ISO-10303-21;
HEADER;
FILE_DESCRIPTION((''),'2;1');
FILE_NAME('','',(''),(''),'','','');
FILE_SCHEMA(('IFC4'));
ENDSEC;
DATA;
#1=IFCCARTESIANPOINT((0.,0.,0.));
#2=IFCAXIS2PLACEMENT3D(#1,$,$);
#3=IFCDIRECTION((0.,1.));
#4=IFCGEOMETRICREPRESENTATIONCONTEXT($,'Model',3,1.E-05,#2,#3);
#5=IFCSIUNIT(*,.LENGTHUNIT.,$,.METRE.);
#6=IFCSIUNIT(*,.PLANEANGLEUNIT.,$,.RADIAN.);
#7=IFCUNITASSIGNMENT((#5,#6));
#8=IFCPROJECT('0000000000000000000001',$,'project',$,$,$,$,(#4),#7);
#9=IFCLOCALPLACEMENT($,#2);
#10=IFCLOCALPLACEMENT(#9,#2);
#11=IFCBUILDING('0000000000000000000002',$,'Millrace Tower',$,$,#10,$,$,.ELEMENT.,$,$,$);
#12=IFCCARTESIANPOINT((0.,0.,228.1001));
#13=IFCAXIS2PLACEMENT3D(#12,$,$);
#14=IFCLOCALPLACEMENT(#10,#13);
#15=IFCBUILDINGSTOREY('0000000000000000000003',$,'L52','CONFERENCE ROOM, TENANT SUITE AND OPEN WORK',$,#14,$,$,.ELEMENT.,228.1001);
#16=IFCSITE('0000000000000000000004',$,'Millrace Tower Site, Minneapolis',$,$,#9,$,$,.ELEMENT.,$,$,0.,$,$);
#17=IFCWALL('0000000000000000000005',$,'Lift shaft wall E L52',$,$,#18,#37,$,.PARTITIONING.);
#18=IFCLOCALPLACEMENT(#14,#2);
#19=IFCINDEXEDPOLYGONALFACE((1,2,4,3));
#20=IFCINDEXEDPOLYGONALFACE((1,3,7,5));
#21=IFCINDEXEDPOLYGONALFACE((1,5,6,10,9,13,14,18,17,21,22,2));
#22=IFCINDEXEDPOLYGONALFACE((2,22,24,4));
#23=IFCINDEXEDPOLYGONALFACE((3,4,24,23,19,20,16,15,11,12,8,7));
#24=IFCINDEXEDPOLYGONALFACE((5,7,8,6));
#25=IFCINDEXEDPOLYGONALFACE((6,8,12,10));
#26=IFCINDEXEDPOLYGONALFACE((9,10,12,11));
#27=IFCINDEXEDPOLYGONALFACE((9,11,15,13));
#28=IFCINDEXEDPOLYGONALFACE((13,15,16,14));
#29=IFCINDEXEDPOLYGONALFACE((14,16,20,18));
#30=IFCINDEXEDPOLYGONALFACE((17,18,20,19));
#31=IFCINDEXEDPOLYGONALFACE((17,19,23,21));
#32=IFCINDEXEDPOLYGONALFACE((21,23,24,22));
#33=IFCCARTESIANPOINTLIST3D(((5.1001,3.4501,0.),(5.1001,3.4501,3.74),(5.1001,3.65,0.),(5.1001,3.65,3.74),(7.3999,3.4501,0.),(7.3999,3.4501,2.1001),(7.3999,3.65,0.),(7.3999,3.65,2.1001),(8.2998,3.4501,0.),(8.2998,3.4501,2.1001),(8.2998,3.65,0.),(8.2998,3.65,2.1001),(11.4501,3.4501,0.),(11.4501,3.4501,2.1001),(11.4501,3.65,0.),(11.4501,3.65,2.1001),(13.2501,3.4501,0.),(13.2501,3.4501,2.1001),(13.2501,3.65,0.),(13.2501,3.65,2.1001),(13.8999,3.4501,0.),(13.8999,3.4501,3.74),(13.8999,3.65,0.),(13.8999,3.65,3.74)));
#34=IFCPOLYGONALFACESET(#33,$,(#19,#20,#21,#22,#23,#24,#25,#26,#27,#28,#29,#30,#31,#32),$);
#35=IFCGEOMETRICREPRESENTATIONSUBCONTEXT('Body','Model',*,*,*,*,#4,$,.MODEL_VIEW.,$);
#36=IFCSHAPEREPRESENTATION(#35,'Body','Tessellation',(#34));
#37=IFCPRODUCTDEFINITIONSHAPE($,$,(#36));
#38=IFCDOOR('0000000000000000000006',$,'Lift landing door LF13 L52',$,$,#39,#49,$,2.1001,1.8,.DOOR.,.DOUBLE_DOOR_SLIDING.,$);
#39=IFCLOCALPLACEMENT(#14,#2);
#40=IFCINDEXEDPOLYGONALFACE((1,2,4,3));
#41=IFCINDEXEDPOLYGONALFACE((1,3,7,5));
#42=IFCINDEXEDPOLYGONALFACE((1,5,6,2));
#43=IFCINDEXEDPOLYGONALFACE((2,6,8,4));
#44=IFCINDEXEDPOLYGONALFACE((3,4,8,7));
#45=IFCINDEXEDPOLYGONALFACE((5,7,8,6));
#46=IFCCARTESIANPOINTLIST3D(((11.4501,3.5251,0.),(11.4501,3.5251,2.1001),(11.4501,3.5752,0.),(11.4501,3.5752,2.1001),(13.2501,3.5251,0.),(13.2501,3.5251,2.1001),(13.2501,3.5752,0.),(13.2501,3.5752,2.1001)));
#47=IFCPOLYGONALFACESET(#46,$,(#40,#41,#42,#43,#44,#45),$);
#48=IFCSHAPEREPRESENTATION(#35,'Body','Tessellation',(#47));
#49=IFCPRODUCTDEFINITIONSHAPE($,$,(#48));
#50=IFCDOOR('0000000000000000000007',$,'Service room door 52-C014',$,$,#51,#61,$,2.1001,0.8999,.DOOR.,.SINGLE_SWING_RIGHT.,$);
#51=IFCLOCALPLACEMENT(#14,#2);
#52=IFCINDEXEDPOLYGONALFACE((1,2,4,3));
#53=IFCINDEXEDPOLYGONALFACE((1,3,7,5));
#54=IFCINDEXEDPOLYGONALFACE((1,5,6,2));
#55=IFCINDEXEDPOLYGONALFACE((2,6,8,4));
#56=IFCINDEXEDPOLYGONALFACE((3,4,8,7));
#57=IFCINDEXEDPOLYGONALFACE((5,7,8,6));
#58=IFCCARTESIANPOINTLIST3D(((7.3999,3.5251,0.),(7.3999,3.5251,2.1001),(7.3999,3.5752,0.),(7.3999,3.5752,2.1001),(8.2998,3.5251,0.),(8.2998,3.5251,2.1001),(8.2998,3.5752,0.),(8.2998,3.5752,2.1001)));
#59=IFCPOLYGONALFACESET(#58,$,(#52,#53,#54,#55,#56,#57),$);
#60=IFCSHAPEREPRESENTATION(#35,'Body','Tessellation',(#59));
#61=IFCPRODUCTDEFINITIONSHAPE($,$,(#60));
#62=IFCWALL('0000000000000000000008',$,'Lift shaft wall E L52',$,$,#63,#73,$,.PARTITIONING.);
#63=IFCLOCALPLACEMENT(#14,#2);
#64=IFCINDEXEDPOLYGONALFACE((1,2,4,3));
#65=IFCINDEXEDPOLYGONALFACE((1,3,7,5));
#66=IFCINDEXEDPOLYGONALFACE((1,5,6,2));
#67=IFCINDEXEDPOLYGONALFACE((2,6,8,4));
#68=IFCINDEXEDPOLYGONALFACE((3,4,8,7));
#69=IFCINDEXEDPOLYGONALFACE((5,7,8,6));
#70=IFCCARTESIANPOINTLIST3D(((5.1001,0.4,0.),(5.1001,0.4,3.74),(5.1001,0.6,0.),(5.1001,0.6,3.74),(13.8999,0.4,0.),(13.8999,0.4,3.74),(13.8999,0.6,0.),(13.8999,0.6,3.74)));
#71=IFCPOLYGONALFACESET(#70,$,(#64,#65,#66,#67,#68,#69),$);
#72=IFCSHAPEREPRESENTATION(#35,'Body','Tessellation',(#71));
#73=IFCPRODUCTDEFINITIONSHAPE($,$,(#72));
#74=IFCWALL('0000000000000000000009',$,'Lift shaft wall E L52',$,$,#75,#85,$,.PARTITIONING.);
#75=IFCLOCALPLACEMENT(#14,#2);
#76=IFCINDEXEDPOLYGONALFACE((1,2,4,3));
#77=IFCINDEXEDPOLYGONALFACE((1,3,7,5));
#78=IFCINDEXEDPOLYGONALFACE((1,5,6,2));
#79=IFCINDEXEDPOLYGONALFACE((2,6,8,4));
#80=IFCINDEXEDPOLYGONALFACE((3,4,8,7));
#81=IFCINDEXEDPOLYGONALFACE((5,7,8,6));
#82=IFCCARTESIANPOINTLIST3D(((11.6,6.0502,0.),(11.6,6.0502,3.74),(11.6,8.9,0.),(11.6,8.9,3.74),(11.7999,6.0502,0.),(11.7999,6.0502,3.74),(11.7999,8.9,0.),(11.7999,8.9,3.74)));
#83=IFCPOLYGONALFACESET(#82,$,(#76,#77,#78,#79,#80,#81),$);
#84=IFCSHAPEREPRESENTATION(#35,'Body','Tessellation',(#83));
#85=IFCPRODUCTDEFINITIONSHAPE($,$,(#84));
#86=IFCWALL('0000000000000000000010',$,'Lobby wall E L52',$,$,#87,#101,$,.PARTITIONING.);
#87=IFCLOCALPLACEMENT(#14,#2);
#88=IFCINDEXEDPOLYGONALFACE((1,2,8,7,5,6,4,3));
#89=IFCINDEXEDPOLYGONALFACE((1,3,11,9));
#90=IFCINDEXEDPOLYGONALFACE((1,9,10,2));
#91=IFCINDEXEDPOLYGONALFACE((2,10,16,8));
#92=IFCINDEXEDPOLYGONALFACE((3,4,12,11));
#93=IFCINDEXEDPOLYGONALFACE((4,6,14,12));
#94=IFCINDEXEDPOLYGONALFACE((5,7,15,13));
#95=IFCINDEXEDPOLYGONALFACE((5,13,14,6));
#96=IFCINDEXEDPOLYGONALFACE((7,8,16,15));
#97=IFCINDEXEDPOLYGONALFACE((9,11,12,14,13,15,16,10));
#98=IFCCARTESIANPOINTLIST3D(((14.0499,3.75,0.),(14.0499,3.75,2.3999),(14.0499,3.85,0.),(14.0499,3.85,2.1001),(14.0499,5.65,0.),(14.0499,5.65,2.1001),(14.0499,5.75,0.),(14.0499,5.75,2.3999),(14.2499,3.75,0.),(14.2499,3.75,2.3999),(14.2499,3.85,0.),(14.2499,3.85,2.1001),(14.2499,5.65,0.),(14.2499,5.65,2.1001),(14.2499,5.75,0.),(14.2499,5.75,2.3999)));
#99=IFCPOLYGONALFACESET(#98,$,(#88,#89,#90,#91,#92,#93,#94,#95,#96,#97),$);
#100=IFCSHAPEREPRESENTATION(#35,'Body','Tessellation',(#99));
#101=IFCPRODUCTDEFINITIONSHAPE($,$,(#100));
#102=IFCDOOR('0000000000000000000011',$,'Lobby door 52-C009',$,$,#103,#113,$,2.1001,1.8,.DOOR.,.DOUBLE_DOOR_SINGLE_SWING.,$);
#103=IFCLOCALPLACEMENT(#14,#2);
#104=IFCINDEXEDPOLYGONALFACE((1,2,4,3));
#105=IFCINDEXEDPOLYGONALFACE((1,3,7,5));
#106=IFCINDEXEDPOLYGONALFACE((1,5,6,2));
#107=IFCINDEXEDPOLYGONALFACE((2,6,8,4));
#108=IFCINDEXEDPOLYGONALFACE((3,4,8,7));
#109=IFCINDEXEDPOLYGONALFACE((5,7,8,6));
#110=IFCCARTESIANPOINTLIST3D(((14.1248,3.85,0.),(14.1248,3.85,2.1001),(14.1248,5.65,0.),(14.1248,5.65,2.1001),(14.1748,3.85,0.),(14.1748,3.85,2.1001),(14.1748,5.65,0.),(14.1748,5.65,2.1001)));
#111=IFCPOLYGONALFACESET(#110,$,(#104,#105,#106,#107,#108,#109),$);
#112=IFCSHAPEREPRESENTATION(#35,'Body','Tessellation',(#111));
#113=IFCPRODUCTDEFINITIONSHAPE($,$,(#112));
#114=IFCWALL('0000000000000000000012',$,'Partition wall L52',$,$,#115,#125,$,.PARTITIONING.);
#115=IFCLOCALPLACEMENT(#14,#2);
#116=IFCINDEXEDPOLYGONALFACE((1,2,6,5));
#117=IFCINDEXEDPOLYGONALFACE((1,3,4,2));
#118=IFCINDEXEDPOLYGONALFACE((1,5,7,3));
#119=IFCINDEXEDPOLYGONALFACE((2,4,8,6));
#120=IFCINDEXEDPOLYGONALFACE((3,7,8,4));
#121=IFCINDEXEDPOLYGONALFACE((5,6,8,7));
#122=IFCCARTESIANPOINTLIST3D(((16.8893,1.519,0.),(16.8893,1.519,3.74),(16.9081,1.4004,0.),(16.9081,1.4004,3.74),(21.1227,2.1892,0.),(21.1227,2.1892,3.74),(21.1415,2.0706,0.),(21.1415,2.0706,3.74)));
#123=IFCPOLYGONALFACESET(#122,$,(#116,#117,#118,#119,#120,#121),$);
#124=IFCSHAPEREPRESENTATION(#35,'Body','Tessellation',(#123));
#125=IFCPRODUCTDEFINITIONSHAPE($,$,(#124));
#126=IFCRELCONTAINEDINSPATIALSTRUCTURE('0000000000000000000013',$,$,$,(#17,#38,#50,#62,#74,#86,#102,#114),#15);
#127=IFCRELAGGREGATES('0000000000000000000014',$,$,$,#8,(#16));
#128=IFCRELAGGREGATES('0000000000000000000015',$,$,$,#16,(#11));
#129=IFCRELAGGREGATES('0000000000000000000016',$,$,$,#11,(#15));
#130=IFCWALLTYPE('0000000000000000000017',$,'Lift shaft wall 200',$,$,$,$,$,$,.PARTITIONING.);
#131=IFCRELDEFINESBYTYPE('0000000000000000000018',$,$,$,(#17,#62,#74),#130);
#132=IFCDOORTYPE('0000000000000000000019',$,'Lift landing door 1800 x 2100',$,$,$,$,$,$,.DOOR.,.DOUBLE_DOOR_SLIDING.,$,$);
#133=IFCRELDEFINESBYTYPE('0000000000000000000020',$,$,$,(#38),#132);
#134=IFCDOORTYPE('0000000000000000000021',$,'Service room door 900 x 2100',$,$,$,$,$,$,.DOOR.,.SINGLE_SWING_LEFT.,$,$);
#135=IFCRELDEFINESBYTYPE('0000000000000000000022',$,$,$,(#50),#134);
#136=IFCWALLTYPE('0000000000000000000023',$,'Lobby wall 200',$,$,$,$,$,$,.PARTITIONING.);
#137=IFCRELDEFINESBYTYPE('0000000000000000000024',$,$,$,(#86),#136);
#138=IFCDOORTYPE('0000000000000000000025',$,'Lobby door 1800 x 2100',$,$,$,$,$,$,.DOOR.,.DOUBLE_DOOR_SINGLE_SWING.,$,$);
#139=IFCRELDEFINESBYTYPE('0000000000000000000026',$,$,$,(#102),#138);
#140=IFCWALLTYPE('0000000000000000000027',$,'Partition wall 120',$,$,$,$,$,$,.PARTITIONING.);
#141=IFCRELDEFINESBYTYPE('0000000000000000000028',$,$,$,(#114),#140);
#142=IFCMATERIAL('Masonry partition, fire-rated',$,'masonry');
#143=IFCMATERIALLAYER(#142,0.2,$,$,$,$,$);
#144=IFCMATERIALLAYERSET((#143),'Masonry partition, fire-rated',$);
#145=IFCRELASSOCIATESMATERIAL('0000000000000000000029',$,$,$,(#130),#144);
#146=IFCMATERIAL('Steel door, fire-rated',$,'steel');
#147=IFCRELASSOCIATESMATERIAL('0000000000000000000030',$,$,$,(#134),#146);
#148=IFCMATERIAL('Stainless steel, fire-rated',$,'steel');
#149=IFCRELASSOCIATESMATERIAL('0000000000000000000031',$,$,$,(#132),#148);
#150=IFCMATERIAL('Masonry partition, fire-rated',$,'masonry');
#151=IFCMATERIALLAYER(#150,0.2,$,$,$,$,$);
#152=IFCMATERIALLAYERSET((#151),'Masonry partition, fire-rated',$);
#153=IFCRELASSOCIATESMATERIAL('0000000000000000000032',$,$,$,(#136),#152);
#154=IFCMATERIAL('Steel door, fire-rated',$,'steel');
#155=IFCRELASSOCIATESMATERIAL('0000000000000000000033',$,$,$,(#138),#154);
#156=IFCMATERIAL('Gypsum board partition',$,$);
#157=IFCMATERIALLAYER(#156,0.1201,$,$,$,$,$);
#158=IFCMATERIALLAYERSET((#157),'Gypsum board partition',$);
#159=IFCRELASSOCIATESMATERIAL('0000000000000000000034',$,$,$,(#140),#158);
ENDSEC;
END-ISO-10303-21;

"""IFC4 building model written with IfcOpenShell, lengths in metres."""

from ifc_helpers import new_model, si_unit, direction, frame, frame_2d, origin, place, context, subcontext, project, spatial, rectangle, extrude, material, layer, layer_set, type_object, element, fill, save


model = new_model("IFC4")

# Units and contexts
model_context = context("Model", 3, precision=1e-05, world=origin(), true_north=direction((0.0, 1.0)))
body_context = subcontext(model_context, "Body", "Model", "MODEL_VIEW")
ifc_project = project(units=[si_unit("LENGTHUNIT", "METRE"), si_unit("PLANEANGLEUNIT", "RADIAN")], contexts=[model_context])

# Site, building, storey
site_placement = place(None, origin())
site = spatial("IfcSite", under=ifc_project, at=site_placement, Name="Millrace Tower Site, Minneapolis", CompositionType="ELEMENT", RefElevation=0.0)
building_placement = place(site_placement, origin())
building = spatial("IfcBuilding", under=site, at=building_placement, Name="Millrace Tower", CompositionType="ELEMENT")
storey_placement = place(building_placement, frame((0.0, 0.0, 228.1001)))
storey = spatial("IfcBuildingStorey", under=building, at=storey_placement, Name="L52", Description="CONFERENCE ROOM, TENANT SUITE AND OPEN WORK", CompositionType="ELEMENT", Elevation=228.1001)

# Wall, openings, doors
ifc_material_1 = material(Name="Masonry partition, fire-rated", Category="masonry")
ifc_layer_1 = layer(ifc_material_1, 0.2)
ifc_layer_set_1 = layer_set([ifc_layer_1], Name="Masonry partition, fire-rated")
wall_type_1 = type_object("IfcWallType", Name="Lift shaft wall 200", PredefinedType="PARTITIONING", material=ifc_layer_set_1)
ifc_material_2 = material(Name="Steel door, fire-rated", Category="steel")
door_type_1 = type_object("IfcDoorType", Name="Service room door 900 x 2100", OperationType="SINGLE_SWING_LEFT", PredefinedType="DOOR", material=ifc_material_2)
wall_1_placement = place(storey_placement, frame((13.8999, 3.55, 0.0), z_axis=(0.0, 0.0, 1.0), x_axis=(-1.0, 0.0, 0.0)))
wall_1 = element("IfcWall", 1, at=wall_1_placement, inside=storey, type_object=wall_type_1, Name="Lift shaft wall E L52", PredefinedType="PARTITIONING", context=body_context, shape_type="SweptSolid", body=[
    extrude(rectangle(XDim=8.7998, YDim=0.2, at=frame_2d((4.3999, 0.0))), origin(), (0.0, 0.0, 1.0), 3.74),
])
opening_1_placement = place(wall_1_placement, frame((0.6499, 0.0, 0.0)))
opening_1 = element("IfcOpeningElement", 2, at=opening_1_placement, cuts=wall_1, PredefinedType="OPENING", context=body_context, shape_type="SweptSolid", body=[
    extrude(rectangle(XDim=1.8, YDim=2.1001, at=frame_2d((0.8999, 1.05))), frame((0.0, 0.1099, 0.0), z_axis=(0.0, -1.0, 0.0), x_axis=(1.0, 0.0, 0.0)), (0.0, 0.0, 1.0), 0.22),
])
opening_2_placement = place(wall_1_placement, frame((5.6001, 0.0, 0.0)))
opening_2 = element("IfcOpeningElement", 3, at=opening_2_placement, cuts=wall_1, PredefinedType="OPENING", context=body_context, shape_type="SweptSolid", body=[
    extrude(rectangle(XDim=0.8999, YDim=2.1001, at=frame_2d((0.45, 1.05))), frame((0.0, 0.1099, 0.0), z_axis=(0.0, -1.0, 0.0), x_axis=(1.0, 0.0, 0.0)), (0.0, 0.0, 1.0), 0.22),
])
ifc_material_3 = material(Name="Stainless steel, fire-rated", Category="steel")
door_type_2 = type_object("IfcDoorType", Name="Lift landing door 1800 x 2100", OperationType="DOUBLE_DOOR_SLIDING", PredefinedType="DOOR", material=ifc_material_3)
door_1_placement = place(opening_1_placement, origin())
door_1 = element("IfcDoor", 4, at=door_1_placement, inside=storey, type_object=door_type_2, Name="Lift landing door LF13 L52", OperationType="DOUBLE_DOOR_SLIDING", OverallHeight=2.1001, OverallWidth=1.8, PredefinedType="DOOR", context=body_context, shape_type="SweptSolid", body=[
    extrude(rectangle(XDim=1.8, YDim=2.1001, at=frame_2d((0.8999, 1.05))), frame((0.0, 0.0249, 0.0), z_axis=(0.0, -1.0, 0.0), x_axis=(1.0, 0.0, 0.0)), (0.0, 0.0, 1.0), 0.05),
])
fill(opening_1, door_1)
door_2_placement = place(opening_2_placement, origin())
door_2 = element("IfcDoor", 5, at=door_2_placement, inside=storey, type_object=door_type_1, Name="Service room door 52-C014", OperationType="SINGLE_SWING_RIGHT", OverallHeight=2.1001, OverallWidth=0.8999, PredefinedType="DOOR", context=body_context, shape_type="SweptSolid", body=[
    extrude(rectangle(XDim=0.8999, YDim=2.1001, at=frame_2d((0.45, 1.05))), frame((0.0, 0.0249, 0.0), z_axis=(0.0, -1.0, 0.0), x_axis=(1.0, 0.0, 0.0)), (0.0, 0.0, 1.0), 0.05),
])
fill(opening_2, door_2)

# Walls
wall_2_placement = place(storey_placement, frame((13.8999, 0.5, 0.0), z_axis=(0.0, 0.0, 1.0), x_axis=(-1.0, 0.0, 0.0)))
element("IfcWall", 6, at=wall_2_placement, inside=storey, type_object=wall_type_1, Name="Lift shaft wall E L52", PredefinedType="PARTITIONING", context=body_context, shape_type="SweptSolid", body=[
    extrude(rectangle(XDim=8.7998, YDim=0.2, at=frame_2d((4.3999, 0.0))), origin(), (0.0, 0.0, 1.0), 3.74),
])
wall_3_placement = place(storey_placement, frame((11.7, 8.8999, 0.0), z_axis=(0.0, 0.0, 1.0), x_axis=(0.0, -1.0, 0.0)))
element("IfcWall", 7, at=wall_3_placement, inside=storey, type_object=wall_type_1, Name="Lift shaft wall E L52", PredefinedType="PARTITIONING", context=body_context, shape_type="SweptSolid", body=[
    extrude(rectangle(XDim=2.8499, YDim=0.2, at=frame_2d((1.4248, 0.0))), origin(), (0.0, 0.0, 1.0), 3.74),
])

# Wall, opening, door
ifc_material_4 = material(Name="Masonry partition, fire-rated", Category="masonry")
ifc_layer_2 = layer(ifc_material_4, 0.2)
ifc_layer_set_2 = layer_set([ifc_layer_2], Name="Masonry partition, fire-rated")
wall_type_2 = type_object("IfcWallType", Name="Lobby wall 200", PredefinedType="PARTITIONING", material=ifc_layer_set_2)
wall_4_placement = place(storey_placement, frame((14.1499, 5.75, 0.0), z_axis=(0.0, 0.0, 1.0), x_axis=(0.0, -1.0, 0.0)))
wall_4 = element("IfcWall", 8, at=wall_4_placement, inside=storey, type_object=wall_type_2, Name="Lobby wall E L52", PredefinedType="PARTITIONING", context=body_context, shape_type="SweptSolid", body=[
    extrude(rectangle(XDim=2.0, YDim=0.2, at=frame_2d((1.0, 0.0))), origin(), (0.0, 0.0, 1.0), 2.3999),
])
opening_3_placement = place(wall_4_placement, frame((0.1001, 0.0, 0.0)))
opening_3 = element("IfcOpeningElement", 9, at=opening_3_placement, cuts=wall_4, PredefinedType="OPENING", context=body_context, shape_type="SweptSolid", body=[
    extrude(rectangle(XDim=1.8, YDim=2.1001, at=frame_2d((0.8999, 1.05))), frame((0.0, 0.1099, 0.0), z_axis=(0.0, -1.0, 0.0), x_axis=(1.0, 0.0, 0.0)), (0.0, 0.0, 1.0), 0.22),
])
ifc_material_5 = material(Name="Steel door, fire-rated", Category="steel")
door_type_3 = type_object("IfcDoorType", Name="Lobby door 1800 x 2100", OperationType="DOUBLE_DOOR_SINGLE_SWING", PredefinedType="DOOR", material=ifc_material_5)
door_3_placement = place(opening_3_placement, origin())
door_3 = element("IfcDoor", 10, at=door_3_placement, inside=storey, type_object=door_type_3, Name="Lobby door 52-C009", OperationType="DOUBLE_DOOR_SINGLE_SWING", OverallHeight=2.1001, OverallWidth=1.8, PredefinedType="DOOR", context=body_context, shape_type="SweptSolid", body=[
    extrude(rectangle(XDim=1.8, YDim=2.1001, at=frame_2d((0.8999, 1.05))), frame((0.0, 0.0249, 0.0), z_axis=(0.0, -1.0, 0.0), x_axis=(1.0, 0.0, 0.0)), (0.0, 0.0, 1.0), 0.05),
])
fill(opening_3, door_3)

# Wall
ifc_material_6 = material(Name="Gypsum board partition")
ifc_layer_3 = layer(ifc_material_6, 0.1201)
ifc_layer_set_3 = layer_set([ifc_layer_3], Name="Gypsum board partition")
wall_type_3 = type_object("IfcWallType", Name="Partition wall 120", PredefinedType="PARTITIONING", material=ifc_layer_set_3)
wall_5_placement = place(storey_placement, frame((16.8987, 1.4597, 0.0), z_axis=(0.0, 0.0, 1.0), x_axis=(0.987701, 0.156357, 0.0)))
element("IfcWall", 11, at=wall_5_placement, inside=storey, type_object=wall_type_3, Name="Partition wall L52", PredefinedType="PARTITIONING", context=body_context, shape_type="SweptSolid", body=[
    extrude(rectangle(XDim=4.2861, YDim=0.1201, at=frame_2d((2.1431, 0.0))), origin(), (0.0, 0.0, 1.0), 3.74),
])

save(model, "model.ifc")
